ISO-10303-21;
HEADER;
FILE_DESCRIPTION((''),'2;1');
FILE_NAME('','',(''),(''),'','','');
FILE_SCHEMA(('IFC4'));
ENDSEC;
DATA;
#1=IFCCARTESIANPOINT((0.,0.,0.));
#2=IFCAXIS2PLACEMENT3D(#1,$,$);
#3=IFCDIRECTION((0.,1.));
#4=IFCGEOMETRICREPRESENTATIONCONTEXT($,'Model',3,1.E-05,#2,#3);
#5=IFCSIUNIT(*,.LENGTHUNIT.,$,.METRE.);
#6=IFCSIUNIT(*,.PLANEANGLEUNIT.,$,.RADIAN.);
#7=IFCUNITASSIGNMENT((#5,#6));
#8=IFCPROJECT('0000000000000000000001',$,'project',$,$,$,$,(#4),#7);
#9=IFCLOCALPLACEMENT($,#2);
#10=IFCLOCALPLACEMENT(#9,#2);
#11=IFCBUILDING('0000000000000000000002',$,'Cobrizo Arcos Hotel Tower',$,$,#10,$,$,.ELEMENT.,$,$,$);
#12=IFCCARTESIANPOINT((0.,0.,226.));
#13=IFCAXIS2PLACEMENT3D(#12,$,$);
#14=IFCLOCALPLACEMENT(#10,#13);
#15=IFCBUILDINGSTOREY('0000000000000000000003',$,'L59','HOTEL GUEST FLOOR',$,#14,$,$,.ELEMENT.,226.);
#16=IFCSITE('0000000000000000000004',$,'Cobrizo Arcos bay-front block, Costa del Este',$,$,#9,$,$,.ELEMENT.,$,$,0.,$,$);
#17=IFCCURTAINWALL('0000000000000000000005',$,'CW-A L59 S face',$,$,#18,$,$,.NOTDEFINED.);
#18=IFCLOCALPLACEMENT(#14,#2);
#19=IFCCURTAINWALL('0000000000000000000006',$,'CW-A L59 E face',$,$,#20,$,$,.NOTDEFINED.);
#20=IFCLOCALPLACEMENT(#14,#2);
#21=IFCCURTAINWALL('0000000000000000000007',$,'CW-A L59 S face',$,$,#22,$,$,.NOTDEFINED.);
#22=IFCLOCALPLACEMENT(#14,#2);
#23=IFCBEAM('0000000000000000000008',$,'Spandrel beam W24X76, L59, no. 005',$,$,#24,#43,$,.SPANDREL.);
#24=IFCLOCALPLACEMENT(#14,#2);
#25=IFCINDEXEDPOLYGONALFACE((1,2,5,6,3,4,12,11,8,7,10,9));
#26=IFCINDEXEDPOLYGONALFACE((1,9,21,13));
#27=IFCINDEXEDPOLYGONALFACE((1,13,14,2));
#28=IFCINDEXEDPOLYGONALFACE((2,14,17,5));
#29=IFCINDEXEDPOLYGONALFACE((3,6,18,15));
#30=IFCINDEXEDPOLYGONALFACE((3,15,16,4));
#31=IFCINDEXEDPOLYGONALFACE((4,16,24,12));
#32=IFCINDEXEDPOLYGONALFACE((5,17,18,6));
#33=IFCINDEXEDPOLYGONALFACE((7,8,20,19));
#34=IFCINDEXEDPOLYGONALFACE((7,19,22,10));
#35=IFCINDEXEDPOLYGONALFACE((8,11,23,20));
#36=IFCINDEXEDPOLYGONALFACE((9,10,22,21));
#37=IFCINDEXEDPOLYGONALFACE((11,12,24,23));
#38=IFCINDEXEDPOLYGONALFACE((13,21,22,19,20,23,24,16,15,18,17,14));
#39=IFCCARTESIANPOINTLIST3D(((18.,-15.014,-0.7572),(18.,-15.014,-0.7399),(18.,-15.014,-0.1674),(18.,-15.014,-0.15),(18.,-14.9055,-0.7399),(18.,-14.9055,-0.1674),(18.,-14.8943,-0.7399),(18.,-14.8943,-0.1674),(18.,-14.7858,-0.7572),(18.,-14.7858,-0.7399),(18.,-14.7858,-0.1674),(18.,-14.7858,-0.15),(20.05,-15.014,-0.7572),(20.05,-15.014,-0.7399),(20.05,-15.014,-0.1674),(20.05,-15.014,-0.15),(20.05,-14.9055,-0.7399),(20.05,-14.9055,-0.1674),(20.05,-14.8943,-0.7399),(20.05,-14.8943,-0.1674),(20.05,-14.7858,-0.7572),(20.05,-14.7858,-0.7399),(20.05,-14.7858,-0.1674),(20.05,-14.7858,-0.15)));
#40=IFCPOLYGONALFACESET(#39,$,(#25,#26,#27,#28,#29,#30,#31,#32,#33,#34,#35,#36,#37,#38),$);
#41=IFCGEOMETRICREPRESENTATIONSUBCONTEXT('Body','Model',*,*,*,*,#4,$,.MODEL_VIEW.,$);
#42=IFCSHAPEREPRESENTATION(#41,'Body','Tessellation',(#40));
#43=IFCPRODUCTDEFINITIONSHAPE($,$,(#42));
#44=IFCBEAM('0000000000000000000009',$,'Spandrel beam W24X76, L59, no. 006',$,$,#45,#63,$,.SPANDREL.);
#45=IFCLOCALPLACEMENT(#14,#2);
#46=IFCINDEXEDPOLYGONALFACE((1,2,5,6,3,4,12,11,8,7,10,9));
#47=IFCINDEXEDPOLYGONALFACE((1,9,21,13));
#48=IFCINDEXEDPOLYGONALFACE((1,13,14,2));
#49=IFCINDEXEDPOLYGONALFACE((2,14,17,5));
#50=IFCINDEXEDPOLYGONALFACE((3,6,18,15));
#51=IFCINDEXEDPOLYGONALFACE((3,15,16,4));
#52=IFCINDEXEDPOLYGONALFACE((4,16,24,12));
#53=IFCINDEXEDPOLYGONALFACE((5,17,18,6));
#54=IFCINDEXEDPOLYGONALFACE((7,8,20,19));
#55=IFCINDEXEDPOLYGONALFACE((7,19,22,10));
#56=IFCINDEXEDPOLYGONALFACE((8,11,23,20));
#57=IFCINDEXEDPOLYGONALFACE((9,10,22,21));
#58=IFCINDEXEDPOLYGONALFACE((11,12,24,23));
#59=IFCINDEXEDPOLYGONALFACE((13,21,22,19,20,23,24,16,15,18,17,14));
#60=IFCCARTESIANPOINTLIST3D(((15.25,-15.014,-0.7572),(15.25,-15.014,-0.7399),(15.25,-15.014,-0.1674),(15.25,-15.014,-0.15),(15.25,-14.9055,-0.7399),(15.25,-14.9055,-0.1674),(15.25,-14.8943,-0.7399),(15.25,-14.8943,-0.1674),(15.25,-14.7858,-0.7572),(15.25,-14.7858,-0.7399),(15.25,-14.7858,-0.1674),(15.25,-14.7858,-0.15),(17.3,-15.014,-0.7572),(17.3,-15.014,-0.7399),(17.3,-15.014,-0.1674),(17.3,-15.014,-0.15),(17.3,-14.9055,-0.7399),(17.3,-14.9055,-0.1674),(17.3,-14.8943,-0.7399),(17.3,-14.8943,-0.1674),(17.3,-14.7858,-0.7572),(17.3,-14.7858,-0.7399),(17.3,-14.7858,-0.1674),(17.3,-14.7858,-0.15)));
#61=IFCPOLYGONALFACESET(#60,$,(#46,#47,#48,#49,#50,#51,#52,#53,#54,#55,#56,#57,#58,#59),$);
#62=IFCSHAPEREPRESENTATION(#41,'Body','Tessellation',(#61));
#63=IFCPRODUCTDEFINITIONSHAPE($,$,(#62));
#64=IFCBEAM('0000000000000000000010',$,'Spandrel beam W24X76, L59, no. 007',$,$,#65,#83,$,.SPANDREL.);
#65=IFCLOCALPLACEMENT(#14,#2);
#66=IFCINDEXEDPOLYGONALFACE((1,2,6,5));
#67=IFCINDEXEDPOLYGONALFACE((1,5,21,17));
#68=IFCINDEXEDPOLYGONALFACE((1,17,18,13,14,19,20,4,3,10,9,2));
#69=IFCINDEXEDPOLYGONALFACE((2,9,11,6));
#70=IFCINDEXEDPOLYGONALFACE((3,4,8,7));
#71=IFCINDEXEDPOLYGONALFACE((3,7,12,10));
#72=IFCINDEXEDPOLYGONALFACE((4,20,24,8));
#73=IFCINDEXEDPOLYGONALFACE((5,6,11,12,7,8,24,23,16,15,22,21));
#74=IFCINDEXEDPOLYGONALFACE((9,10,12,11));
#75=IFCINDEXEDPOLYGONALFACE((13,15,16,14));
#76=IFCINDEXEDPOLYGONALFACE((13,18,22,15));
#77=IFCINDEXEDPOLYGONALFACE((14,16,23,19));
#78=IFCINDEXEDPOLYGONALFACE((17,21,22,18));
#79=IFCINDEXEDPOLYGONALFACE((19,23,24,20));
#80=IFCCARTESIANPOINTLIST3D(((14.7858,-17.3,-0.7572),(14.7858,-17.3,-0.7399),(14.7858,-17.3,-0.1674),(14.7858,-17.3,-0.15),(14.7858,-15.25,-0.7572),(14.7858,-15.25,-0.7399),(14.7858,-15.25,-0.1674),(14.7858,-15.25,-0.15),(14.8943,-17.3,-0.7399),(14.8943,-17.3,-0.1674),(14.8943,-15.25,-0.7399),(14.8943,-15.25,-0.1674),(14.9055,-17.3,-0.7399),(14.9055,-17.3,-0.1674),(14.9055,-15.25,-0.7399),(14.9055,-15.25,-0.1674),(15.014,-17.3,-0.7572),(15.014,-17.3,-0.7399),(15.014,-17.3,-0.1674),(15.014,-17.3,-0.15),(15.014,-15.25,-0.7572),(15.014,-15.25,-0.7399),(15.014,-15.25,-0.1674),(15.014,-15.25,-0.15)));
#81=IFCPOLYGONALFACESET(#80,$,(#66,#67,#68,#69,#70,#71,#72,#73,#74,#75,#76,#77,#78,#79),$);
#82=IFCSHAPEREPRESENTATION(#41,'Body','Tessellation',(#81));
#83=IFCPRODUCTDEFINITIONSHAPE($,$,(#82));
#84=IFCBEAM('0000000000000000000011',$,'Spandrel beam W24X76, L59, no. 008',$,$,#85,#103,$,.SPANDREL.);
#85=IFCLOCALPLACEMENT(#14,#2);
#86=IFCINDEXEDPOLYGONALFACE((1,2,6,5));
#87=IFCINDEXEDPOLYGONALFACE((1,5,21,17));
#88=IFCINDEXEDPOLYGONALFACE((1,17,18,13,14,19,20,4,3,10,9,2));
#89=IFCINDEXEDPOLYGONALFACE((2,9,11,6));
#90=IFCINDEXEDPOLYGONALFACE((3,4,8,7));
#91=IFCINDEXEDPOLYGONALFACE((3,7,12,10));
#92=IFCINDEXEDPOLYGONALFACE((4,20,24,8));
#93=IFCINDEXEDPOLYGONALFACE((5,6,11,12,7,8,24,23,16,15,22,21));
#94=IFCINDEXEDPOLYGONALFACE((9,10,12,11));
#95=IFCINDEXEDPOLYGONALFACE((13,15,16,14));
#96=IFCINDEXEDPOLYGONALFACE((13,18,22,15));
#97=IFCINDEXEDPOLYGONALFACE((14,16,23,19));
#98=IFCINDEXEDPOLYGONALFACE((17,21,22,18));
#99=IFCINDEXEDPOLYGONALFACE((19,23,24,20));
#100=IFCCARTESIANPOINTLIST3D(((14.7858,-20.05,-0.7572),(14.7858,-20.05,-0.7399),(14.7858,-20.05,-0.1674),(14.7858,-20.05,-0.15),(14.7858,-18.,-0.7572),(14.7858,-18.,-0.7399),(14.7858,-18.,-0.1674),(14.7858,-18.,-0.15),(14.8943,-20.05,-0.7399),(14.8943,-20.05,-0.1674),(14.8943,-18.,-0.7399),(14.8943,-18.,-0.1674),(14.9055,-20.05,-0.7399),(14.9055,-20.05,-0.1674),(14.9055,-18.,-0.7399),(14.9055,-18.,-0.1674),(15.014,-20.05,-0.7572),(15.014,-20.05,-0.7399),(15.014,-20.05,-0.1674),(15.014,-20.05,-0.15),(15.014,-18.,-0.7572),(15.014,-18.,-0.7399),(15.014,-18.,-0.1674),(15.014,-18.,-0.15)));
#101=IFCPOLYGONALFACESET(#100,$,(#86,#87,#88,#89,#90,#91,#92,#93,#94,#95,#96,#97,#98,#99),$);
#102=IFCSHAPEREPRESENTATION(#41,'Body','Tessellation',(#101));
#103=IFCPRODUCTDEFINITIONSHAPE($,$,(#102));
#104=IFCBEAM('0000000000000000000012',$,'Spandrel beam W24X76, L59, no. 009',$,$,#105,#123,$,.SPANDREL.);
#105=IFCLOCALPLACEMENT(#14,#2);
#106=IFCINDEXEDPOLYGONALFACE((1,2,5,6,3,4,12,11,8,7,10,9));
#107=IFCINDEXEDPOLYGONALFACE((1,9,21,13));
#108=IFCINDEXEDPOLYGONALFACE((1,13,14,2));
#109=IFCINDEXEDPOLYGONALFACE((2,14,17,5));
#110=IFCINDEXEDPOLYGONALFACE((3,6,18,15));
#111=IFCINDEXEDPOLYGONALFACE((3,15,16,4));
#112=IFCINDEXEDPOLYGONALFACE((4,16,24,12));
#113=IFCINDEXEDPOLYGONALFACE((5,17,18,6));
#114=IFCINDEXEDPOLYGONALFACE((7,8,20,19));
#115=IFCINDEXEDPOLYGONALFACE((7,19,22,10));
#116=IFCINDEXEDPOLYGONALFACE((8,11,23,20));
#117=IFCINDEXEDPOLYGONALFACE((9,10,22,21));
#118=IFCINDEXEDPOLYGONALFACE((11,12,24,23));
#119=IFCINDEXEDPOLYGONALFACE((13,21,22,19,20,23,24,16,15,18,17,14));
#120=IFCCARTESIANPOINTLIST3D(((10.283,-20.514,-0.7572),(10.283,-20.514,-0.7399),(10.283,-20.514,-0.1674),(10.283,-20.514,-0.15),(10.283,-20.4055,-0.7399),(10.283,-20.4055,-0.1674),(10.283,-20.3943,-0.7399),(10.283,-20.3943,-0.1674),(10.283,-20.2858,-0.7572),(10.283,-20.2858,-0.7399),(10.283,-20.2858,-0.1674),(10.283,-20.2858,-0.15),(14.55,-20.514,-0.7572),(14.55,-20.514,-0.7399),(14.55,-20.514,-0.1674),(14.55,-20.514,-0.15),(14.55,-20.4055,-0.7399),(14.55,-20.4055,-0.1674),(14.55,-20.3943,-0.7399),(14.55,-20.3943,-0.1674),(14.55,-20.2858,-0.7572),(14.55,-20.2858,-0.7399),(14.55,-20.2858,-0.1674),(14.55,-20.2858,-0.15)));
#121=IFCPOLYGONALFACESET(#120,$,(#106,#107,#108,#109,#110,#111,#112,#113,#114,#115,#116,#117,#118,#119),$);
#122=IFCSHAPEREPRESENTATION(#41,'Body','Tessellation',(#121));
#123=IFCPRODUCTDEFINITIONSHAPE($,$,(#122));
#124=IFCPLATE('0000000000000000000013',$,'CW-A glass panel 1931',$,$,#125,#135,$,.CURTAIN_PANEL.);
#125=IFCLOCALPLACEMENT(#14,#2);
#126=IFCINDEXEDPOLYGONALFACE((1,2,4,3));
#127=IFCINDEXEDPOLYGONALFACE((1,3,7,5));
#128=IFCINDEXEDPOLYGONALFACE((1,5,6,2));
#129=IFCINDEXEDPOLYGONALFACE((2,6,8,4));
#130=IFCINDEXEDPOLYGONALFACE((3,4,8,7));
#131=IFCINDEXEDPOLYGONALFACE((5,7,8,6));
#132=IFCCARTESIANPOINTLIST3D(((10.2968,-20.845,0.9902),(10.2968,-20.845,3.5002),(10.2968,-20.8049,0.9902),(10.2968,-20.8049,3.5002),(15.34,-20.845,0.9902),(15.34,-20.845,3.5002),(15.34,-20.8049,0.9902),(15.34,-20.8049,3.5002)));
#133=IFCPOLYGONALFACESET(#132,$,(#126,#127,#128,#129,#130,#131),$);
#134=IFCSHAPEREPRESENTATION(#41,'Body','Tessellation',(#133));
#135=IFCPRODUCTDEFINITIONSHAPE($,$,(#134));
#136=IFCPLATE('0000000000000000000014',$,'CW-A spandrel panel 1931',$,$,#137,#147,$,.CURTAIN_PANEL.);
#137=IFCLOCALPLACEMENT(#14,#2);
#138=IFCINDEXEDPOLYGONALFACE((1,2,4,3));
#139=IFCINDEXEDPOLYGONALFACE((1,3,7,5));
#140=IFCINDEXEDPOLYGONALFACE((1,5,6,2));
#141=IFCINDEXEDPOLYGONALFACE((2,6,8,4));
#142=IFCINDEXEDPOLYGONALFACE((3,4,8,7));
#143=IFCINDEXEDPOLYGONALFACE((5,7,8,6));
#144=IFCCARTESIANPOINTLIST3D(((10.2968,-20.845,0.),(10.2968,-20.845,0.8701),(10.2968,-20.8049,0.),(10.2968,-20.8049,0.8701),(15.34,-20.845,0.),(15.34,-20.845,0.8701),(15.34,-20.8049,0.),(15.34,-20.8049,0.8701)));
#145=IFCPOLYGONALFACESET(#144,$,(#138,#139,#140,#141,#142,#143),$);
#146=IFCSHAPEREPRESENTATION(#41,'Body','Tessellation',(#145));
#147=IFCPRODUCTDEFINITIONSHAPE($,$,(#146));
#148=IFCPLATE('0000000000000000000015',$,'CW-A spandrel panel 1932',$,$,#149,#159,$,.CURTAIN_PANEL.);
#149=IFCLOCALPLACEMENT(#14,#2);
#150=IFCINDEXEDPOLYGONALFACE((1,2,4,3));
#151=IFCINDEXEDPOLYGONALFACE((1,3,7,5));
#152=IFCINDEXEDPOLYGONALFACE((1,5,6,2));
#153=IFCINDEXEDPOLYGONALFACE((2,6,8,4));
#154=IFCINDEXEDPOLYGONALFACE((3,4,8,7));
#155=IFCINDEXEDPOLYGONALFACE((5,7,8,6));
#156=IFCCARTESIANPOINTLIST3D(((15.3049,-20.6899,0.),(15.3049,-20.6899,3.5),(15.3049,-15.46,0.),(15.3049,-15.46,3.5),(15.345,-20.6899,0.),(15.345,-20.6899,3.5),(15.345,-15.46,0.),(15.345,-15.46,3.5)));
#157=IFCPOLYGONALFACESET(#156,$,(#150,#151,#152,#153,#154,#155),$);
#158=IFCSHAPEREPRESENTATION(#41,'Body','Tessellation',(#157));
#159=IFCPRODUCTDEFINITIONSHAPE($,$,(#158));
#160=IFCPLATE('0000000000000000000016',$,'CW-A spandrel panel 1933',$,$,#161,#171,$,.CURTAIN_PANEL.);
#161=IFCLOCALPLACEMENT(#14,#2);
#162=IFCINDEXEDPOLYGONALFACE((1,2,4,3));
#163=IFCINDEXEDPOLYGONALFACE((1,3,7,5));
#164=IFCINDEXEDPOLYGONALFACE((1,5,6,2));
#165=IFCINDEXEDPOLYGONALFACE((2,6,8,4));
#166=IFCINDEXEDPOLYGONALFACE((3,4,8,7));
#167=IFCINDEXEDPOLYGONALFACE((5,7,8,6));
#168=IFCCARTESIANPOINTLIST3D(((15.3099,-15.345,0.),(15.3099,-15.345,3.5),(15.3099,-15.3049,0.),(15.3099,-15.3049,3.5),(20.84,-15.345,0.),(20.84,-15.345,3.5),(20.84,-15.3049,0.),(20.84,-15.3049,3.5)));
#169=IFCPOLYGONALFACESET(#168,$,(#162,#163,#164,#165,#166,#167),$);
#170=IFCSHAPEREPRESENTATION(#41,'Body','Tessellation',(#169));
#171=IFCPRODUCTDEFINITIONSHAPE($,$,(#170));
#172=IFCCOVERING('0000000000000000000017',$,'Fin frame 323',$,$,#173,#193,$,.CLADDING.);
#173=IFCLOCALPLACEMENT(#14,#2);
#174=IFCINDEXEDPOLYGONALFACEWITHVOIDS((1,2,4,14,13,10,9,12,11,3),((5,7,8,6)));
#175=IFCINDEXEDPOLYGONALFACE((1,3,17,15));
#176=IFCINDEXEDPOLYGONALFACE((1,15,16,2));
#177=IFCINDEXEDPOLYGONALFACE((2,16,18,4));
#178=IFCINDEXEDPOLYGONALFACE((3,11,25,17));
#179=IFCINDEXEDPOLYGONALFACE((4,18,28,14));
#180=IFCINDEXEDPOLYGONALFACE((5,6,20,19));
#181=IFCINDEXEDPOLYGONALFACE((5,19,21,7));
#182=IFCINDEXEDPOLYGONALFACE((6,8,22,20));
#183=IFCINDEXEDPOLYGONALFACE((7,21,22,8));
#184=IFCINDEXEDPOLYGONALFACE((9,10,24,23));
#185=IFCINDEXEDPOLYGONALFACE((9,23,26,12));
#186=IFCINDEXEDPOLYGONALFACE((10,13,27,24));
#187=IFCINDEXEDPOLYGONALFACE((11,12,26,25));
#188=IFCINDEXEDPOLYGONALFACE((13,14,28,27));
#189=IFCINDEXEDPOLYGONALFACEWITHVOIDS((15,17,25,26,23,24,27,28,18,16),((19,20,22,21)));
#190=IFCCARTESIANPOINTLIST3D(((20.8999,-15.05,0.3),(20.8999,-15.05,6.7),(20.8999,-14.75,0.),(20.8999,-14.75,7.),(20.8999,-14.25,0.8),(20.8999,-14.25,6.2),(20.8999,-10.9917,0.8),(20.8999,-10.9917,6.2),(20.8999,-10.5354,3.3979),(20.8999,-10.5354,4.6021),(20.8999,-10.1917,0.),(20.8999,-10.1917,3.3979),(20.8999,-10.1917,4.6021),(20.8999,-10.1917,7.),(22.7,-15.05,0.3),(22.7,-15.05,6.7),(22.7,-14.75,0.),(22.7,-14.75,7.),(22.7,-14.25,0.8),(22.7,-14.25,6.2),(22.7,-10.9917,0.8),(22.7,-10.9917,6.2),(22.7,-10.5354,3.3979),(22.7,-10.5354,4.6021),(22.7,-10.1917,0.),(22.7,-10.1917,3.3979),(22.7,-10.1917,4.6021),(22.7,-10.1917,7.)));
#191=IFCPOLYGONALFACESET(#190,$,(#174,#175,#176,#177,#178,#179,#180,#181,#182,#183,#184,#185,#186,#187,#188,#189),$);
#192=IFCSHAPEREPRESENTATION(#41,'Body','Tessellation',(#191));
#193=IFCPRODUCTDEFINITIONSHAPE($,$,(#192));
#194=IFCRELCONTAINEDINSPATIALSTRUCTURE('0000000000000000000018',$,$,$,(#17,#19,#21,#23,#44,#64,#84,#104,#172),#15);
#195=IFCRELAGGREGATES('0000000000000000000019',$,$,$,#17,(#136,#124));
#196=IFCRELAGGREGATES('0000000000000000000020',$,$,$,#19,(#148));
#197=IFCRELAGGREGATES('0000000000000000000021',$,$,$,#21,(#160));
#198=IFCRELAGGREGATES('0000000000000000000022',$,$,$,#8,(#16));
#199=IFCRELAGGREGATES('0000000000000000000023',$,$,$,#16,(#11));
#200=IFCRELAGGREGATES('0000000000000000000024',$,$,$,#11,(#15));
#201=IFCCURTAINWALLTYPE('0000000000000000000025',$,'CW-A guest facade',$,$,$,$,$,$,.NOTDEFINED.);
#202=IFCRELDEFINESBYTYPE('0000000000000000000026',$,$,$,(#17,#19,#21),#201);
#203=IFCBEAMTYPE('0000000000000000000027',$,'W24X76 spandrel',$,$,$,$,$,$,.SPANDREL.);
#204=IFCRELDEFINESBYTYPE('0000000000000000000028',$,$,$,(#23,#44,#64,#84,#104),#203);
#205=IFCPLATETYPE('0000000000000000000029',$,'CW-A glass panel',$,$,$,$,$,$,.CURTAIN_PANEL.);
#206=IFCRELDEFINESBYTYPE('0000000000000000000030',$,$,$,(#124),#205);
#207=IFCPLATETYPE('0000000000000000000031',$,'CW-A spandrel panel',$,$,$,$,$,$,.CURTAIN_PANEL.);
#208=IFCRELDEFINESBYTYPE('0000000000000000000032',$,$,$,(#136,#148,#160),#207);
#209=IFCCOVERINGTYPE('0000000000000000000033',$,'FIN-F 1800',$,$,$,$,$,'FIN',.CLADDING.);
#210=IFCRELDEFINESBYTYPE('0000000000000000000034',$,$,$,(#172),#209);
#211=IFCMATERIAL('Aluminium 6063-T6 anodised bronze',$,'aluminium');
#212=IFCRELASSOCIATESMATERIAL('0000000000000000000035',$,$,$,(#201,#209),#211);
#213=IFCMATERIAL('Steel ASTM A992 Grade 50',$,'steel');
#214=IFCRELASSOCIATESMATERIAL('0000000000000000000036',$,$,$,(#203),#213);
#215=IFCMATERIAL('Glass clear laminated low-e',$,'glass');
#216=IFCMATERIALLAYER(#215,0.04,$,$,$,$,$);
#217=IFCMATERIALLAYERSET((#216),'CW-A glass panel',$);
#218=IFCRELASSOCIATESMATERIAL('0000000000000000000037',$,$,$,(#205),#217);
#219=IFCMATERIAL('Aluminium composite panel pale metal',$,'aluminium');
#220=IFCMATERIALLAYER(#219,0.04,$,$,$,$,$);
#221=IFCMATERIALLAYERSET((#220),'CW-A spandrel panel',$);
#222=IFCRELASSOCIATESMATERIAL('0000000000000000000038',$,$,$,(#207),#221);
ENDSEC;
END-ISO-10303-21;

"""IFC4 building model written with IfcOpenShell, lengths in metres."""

from ifc_helpers import new_model, si_unit, direction, frame, origin, origin_2d, place, context, subcontext, project, spatial, polyline, rectangle, i_section, outline, extrude, material, layer, layer_set, material_profile, profile_set, type_object, element, aggregate, save


model = new_model("IFC4")

# Units and contexts
model_context = context("Model", 3, precision=1e-05, world=origin(), true_north=direction((0.0, 1.0)))
body_context = subcontext(model_context, "Body", "Model", "MODEL_VIEW")
ifc_project = project(units=[si_unit("LENGTHUNIT", "METRE"), si_unit("PLANEANGLEUNIT", "RADIAN")], contexts=[model_context])

# Site, building, storey
site_placement = place(None, origin())
site = spatial("IfcSite", under=ifc_project, at=site_placement, Name="Cobrizo Arcos bay-front block, Costa del Este", CompositionType="ELEMENT", RefElevation=0.0)
building_placement = place(site_placement, origin())
building = spatial("IfcBuilding", under=site, at=building_placement, Name="Cobrizo Arcos Hotel Tower", CompositionType="ELEMENT")
storey_placement = place(building_placement, frame((0.0, 0.0, 226.0)))
storey = spatial("IfcBuildingStorey", under=building, at=storey_placement, Name="L59", Description="HOTEL GUEST FLOOR", CompositionType="ELEMENT", Elevation=226.0)

# Curtain wall
ifc_material_1 = material(Name="Aluminium 6063-T6 anodised bronze", Category="aluminium")
curtain_wall_type = type_object("IfcCurtainWallType", Name="CW-A guest facade", PredefinedType="NOTDEFINED", material=ifc_material_1)
curtain_wall_1_placement = place(storey_placement, origin())
curtain_wall_1 = element("IfcCurtainWall", 1, at=curtain_wall_1_placement, inside=storey, type_object=curtain_wall_type, Name="CW-A L59 S face", PredefinedType="NOTDEFINED")

# Curtain walls
curtain_wall_2_placement = place(storey_placement, origin())
curtain_wall_2 = element("IfcCurtainWall", 2, at=curtain_wall_2_placement, inside=storey, type_object=curtain_wall_type, Name="CW-A L59 E face", PredefinedType="NOTDEFINED")
curtain_wall_3_placement = place(storey_placement, origin())
curtain_wall_3 = element("IfcCurtainWall", 3, at=curtain_wall_3_placement, inside=storey, type_object=curtain_wall_type, Name="CW-A L59 S face", PredefinedType="NOTDEFINED")

# Beams
ifc_material_2 = material(Name="Steel ASTM A992 Grade 50", Category="steel")
ifc_material_profile_1 = material_profile(ifc_material_2, i_section(OverallWidth=0.2283, OverallDepth=0.6072, WebThickness=0.0112, FlangeThickness=0.0173, at=origin_2d()), Name="W24X76")
ifc_profile_set_1 = profile_set([ifc_material_profile_1], Name="Steel ASTM A992 Grade 50")
beam_type_1 = type_object("IfcBeamType", Name="W24X76 spandrel", PredefinedType="SPANDREL", material=ifc_profile_set_1)
for number, where, z_axis, x_axis, name in (
    (4, (20.05, -14.8999, -0.4536), (-1.0, 0.0, 0.0), (0.0, -1.0, 0.0), "Spandrel beam W24X76, L59, no. 005"),
    (5, (17.3, -14.8999, -0.4536), (-1.0, 0.0, 0.0), (0.0, -1.0, 0.0), "Spandrel beam W24X76, L59, no. 006"),
    (6, (14.8999, -15.25, -0.4536), (0.0, -1.0, 0.0), (1.0, 0.0, 0.0), "Spandrel beam W24X76, L59, no. 007"),
    (7, (14.8999, -18.0, -0.4536), (0.0, -1.0, 0.0), (1.0, 0.0, 0.0), "Spandrel beam W24X76, L59, no. 008"),
):
    element("IfcBeam", number, at=place(storey_placement, frame(where, z_axis=z_axis, x_axis=x_axis)), inside=storey, type_object=beam_type_1, Name=name, PredefinedType="SPANDREL", context=body_context, shape_type="SweptSolid", body=[
        extrude(i_section(OverallWidth=0.2283, OverallDepth=0.6072, WebThickness=0.0112, FlangeThickness=0.0173, at=origin_2d()), origin(), (0.0, 0.0, 1.0), 2.05),
    ])
beam_1_placement = place(storey_placement, frame((14.55, -20.3999, -0.4536), z_axis=(-1.0, 0.0, 0.0), x_axis=(0.0, -1.0, 0.0)))
element("IfcBeam", 8, at=beam_1_placement, inside=storey, type_object=beam_type_1, Name="Spandrel beam W24X76, L59, no. 009", PredefinedType="SPANDREL", context=body_context, shape_type="SweptSolid", body=[
    extrude(i_section(OverallWidth=0.2283, OverallDepth=0.6072, WebThickness=0.0112, FlangeThickness=0.0173, at=origin_2d()), origin(), (0.0, 0.0, 1.0), 4.2671),
])

# Plates
ifc_material_3 = material(Name="Glass clear laminated low-e", Category="glass")
ifc_layer_1 = layer(ifc_material_3, 0.04)
ifc_layer_set_1 = layer_set([ifc_layer_1], Name="CW-A glass panel")
plate_type_1 = type_object("IfcPlateType", Name="CW-A glass panel", PredefinedType="CURTAIN_PANEL", material=ifc_layer_set_1)
plate_1_placement = place(storey_placement, frame((12.8184, -20.825, 0.9902), z_axis=(0.0, 0.0, 1.0), x_axis=(1.0, 0.0, 0.0)))
plate_1 = element("IfcPlate", 9, at=plate_1_placement, type_object=plate_type_1, Name="CW-A glass panel 1931", PredefinedType="CURTAIN_PANEL", context=body_context, shape_type="SweptSolid", body=[
    extrude(rectangle(XDim=5.0432, YDim=0.04, at=origin_2d()), origin(), (0.0, 0.0, 1.0), 2.51),
])
ifc_material_4 = material(Name="Aluminium composite panel pale metal", Category="aluminium")
ifc_layer_2 = layer(ifc_material_4, 0.04)
ifc_layer_set_2 = layer_set([ifc_layer_2], Name="CW-A spandrel panel")
plate_type_2 = type_object("IfcPlateType", Name="CW-A spandrel panel", PredefinedType="CURTAIN_PANEL", material=ifc_layer_set_2)
plate_2_placement = place(storey_placement, frame((12.8184, -20.825, 0.0), z_axis=(0.0, 0.0, 1.0), x_axis=(1.0, 0.0, 0.0)))
plate_2 = element("IfcPlate", 10, at=plate_2_placement, type_object=plate_type_2, Name="CW-A spandrel panel 1931", PredefinedType="CURTAIN_PANEL", context=body_context, shape_type="SweptSolid", body=[
    extrude(rectangle(XDim=5.0432, YDim=0.04, at=origin_2d()), origin(), (0.0, 0.0, 1.0), 0.8701),
])
aggregate(curtain_wall_1, [plate_2, plate_1])
plate_3_placement = place(storey_placement, frame((15.325, -18.075, 0.0), z_axis=(0.0, 0.0, 1.0), x_axis=(0.0, 1.0, 0.0)))
plate_3 = element("IfcPlate", 11, at=plate_3_placement, type_object=plate_type_2, Name="CW-A spandrel panel 1932", PredefinedType="CURTAIN_PANEL", context=body_context, shape_type="SweptSolid", body=[
    extrude(rectangle(XDim=5.23, YDim=0.04, at=origin_2d()), origin(), (0.0, 0.0, 1.0), 3.5),
])
aggregate(curtain_wall_2, [plate_3])
plate_4_placement = place(storey_placement, frame((18.075, -15.325, 0.0), z_axis=(0.0, 0.0, 1.0), x_axis=(1.0, 0.0, 0.0)))
plate_4 = element("IfcPlate", 12, at=plate_4_placement, type_object=plate_type_2, Name="CW-A spandrel panel 1933", PredefinedType="CURTAIN_PANEL", context=body_context, shape_type="SweptSolid", body=[
    extrude(rectangle(XDim=5.53, YDim=0.04, at=origin_2d()), origin(), (0.0, 0.0, 1.0), 3.5),
])
aggregate(curtain_wall_3, [plate_4])

# Covering
covering_type = type_object("IfcCoveringType", Name="FIN-F 1800", ElementType="FIN", PredefinedType="CLADDING", material=ifc_material_1)
covering_placement = place(storey_placement, frame((20.8999, -15.05, 0.0), z_axis=(1.0, 0.0, 0.0), x_axis=(0.0, 1.0, 0.0)))
element("IfcCovering", 13, at=covering_placement, inside=storey, type_object=covering_type, Name="Fin frame 323", PredefinedType="CLADDING", context=body_context, shape_type="SweptSolid", body=[
    extrude(outline(polyline([(4.8584, 0.0), (4.8584, 3.3979), (4.5146, 3.3979), (4.5146, 4.6021), (4.8584, 4.6021), (4.8584, 7.0), (0.3, 7.0), (0.0, 6.7), (0.0, 0.3), (0.3, 0.0), (4.8584, 0.0)]), holes=[polyline([(4.0583, 0.8), (0.8, 0.8), (0.8, 6.2), (4.0583, 6.2), (4.0583, 0.8)])]), origin(), (0.0, 0.0, 1.0), 1.8),
])

save(model, "model.ifc")
